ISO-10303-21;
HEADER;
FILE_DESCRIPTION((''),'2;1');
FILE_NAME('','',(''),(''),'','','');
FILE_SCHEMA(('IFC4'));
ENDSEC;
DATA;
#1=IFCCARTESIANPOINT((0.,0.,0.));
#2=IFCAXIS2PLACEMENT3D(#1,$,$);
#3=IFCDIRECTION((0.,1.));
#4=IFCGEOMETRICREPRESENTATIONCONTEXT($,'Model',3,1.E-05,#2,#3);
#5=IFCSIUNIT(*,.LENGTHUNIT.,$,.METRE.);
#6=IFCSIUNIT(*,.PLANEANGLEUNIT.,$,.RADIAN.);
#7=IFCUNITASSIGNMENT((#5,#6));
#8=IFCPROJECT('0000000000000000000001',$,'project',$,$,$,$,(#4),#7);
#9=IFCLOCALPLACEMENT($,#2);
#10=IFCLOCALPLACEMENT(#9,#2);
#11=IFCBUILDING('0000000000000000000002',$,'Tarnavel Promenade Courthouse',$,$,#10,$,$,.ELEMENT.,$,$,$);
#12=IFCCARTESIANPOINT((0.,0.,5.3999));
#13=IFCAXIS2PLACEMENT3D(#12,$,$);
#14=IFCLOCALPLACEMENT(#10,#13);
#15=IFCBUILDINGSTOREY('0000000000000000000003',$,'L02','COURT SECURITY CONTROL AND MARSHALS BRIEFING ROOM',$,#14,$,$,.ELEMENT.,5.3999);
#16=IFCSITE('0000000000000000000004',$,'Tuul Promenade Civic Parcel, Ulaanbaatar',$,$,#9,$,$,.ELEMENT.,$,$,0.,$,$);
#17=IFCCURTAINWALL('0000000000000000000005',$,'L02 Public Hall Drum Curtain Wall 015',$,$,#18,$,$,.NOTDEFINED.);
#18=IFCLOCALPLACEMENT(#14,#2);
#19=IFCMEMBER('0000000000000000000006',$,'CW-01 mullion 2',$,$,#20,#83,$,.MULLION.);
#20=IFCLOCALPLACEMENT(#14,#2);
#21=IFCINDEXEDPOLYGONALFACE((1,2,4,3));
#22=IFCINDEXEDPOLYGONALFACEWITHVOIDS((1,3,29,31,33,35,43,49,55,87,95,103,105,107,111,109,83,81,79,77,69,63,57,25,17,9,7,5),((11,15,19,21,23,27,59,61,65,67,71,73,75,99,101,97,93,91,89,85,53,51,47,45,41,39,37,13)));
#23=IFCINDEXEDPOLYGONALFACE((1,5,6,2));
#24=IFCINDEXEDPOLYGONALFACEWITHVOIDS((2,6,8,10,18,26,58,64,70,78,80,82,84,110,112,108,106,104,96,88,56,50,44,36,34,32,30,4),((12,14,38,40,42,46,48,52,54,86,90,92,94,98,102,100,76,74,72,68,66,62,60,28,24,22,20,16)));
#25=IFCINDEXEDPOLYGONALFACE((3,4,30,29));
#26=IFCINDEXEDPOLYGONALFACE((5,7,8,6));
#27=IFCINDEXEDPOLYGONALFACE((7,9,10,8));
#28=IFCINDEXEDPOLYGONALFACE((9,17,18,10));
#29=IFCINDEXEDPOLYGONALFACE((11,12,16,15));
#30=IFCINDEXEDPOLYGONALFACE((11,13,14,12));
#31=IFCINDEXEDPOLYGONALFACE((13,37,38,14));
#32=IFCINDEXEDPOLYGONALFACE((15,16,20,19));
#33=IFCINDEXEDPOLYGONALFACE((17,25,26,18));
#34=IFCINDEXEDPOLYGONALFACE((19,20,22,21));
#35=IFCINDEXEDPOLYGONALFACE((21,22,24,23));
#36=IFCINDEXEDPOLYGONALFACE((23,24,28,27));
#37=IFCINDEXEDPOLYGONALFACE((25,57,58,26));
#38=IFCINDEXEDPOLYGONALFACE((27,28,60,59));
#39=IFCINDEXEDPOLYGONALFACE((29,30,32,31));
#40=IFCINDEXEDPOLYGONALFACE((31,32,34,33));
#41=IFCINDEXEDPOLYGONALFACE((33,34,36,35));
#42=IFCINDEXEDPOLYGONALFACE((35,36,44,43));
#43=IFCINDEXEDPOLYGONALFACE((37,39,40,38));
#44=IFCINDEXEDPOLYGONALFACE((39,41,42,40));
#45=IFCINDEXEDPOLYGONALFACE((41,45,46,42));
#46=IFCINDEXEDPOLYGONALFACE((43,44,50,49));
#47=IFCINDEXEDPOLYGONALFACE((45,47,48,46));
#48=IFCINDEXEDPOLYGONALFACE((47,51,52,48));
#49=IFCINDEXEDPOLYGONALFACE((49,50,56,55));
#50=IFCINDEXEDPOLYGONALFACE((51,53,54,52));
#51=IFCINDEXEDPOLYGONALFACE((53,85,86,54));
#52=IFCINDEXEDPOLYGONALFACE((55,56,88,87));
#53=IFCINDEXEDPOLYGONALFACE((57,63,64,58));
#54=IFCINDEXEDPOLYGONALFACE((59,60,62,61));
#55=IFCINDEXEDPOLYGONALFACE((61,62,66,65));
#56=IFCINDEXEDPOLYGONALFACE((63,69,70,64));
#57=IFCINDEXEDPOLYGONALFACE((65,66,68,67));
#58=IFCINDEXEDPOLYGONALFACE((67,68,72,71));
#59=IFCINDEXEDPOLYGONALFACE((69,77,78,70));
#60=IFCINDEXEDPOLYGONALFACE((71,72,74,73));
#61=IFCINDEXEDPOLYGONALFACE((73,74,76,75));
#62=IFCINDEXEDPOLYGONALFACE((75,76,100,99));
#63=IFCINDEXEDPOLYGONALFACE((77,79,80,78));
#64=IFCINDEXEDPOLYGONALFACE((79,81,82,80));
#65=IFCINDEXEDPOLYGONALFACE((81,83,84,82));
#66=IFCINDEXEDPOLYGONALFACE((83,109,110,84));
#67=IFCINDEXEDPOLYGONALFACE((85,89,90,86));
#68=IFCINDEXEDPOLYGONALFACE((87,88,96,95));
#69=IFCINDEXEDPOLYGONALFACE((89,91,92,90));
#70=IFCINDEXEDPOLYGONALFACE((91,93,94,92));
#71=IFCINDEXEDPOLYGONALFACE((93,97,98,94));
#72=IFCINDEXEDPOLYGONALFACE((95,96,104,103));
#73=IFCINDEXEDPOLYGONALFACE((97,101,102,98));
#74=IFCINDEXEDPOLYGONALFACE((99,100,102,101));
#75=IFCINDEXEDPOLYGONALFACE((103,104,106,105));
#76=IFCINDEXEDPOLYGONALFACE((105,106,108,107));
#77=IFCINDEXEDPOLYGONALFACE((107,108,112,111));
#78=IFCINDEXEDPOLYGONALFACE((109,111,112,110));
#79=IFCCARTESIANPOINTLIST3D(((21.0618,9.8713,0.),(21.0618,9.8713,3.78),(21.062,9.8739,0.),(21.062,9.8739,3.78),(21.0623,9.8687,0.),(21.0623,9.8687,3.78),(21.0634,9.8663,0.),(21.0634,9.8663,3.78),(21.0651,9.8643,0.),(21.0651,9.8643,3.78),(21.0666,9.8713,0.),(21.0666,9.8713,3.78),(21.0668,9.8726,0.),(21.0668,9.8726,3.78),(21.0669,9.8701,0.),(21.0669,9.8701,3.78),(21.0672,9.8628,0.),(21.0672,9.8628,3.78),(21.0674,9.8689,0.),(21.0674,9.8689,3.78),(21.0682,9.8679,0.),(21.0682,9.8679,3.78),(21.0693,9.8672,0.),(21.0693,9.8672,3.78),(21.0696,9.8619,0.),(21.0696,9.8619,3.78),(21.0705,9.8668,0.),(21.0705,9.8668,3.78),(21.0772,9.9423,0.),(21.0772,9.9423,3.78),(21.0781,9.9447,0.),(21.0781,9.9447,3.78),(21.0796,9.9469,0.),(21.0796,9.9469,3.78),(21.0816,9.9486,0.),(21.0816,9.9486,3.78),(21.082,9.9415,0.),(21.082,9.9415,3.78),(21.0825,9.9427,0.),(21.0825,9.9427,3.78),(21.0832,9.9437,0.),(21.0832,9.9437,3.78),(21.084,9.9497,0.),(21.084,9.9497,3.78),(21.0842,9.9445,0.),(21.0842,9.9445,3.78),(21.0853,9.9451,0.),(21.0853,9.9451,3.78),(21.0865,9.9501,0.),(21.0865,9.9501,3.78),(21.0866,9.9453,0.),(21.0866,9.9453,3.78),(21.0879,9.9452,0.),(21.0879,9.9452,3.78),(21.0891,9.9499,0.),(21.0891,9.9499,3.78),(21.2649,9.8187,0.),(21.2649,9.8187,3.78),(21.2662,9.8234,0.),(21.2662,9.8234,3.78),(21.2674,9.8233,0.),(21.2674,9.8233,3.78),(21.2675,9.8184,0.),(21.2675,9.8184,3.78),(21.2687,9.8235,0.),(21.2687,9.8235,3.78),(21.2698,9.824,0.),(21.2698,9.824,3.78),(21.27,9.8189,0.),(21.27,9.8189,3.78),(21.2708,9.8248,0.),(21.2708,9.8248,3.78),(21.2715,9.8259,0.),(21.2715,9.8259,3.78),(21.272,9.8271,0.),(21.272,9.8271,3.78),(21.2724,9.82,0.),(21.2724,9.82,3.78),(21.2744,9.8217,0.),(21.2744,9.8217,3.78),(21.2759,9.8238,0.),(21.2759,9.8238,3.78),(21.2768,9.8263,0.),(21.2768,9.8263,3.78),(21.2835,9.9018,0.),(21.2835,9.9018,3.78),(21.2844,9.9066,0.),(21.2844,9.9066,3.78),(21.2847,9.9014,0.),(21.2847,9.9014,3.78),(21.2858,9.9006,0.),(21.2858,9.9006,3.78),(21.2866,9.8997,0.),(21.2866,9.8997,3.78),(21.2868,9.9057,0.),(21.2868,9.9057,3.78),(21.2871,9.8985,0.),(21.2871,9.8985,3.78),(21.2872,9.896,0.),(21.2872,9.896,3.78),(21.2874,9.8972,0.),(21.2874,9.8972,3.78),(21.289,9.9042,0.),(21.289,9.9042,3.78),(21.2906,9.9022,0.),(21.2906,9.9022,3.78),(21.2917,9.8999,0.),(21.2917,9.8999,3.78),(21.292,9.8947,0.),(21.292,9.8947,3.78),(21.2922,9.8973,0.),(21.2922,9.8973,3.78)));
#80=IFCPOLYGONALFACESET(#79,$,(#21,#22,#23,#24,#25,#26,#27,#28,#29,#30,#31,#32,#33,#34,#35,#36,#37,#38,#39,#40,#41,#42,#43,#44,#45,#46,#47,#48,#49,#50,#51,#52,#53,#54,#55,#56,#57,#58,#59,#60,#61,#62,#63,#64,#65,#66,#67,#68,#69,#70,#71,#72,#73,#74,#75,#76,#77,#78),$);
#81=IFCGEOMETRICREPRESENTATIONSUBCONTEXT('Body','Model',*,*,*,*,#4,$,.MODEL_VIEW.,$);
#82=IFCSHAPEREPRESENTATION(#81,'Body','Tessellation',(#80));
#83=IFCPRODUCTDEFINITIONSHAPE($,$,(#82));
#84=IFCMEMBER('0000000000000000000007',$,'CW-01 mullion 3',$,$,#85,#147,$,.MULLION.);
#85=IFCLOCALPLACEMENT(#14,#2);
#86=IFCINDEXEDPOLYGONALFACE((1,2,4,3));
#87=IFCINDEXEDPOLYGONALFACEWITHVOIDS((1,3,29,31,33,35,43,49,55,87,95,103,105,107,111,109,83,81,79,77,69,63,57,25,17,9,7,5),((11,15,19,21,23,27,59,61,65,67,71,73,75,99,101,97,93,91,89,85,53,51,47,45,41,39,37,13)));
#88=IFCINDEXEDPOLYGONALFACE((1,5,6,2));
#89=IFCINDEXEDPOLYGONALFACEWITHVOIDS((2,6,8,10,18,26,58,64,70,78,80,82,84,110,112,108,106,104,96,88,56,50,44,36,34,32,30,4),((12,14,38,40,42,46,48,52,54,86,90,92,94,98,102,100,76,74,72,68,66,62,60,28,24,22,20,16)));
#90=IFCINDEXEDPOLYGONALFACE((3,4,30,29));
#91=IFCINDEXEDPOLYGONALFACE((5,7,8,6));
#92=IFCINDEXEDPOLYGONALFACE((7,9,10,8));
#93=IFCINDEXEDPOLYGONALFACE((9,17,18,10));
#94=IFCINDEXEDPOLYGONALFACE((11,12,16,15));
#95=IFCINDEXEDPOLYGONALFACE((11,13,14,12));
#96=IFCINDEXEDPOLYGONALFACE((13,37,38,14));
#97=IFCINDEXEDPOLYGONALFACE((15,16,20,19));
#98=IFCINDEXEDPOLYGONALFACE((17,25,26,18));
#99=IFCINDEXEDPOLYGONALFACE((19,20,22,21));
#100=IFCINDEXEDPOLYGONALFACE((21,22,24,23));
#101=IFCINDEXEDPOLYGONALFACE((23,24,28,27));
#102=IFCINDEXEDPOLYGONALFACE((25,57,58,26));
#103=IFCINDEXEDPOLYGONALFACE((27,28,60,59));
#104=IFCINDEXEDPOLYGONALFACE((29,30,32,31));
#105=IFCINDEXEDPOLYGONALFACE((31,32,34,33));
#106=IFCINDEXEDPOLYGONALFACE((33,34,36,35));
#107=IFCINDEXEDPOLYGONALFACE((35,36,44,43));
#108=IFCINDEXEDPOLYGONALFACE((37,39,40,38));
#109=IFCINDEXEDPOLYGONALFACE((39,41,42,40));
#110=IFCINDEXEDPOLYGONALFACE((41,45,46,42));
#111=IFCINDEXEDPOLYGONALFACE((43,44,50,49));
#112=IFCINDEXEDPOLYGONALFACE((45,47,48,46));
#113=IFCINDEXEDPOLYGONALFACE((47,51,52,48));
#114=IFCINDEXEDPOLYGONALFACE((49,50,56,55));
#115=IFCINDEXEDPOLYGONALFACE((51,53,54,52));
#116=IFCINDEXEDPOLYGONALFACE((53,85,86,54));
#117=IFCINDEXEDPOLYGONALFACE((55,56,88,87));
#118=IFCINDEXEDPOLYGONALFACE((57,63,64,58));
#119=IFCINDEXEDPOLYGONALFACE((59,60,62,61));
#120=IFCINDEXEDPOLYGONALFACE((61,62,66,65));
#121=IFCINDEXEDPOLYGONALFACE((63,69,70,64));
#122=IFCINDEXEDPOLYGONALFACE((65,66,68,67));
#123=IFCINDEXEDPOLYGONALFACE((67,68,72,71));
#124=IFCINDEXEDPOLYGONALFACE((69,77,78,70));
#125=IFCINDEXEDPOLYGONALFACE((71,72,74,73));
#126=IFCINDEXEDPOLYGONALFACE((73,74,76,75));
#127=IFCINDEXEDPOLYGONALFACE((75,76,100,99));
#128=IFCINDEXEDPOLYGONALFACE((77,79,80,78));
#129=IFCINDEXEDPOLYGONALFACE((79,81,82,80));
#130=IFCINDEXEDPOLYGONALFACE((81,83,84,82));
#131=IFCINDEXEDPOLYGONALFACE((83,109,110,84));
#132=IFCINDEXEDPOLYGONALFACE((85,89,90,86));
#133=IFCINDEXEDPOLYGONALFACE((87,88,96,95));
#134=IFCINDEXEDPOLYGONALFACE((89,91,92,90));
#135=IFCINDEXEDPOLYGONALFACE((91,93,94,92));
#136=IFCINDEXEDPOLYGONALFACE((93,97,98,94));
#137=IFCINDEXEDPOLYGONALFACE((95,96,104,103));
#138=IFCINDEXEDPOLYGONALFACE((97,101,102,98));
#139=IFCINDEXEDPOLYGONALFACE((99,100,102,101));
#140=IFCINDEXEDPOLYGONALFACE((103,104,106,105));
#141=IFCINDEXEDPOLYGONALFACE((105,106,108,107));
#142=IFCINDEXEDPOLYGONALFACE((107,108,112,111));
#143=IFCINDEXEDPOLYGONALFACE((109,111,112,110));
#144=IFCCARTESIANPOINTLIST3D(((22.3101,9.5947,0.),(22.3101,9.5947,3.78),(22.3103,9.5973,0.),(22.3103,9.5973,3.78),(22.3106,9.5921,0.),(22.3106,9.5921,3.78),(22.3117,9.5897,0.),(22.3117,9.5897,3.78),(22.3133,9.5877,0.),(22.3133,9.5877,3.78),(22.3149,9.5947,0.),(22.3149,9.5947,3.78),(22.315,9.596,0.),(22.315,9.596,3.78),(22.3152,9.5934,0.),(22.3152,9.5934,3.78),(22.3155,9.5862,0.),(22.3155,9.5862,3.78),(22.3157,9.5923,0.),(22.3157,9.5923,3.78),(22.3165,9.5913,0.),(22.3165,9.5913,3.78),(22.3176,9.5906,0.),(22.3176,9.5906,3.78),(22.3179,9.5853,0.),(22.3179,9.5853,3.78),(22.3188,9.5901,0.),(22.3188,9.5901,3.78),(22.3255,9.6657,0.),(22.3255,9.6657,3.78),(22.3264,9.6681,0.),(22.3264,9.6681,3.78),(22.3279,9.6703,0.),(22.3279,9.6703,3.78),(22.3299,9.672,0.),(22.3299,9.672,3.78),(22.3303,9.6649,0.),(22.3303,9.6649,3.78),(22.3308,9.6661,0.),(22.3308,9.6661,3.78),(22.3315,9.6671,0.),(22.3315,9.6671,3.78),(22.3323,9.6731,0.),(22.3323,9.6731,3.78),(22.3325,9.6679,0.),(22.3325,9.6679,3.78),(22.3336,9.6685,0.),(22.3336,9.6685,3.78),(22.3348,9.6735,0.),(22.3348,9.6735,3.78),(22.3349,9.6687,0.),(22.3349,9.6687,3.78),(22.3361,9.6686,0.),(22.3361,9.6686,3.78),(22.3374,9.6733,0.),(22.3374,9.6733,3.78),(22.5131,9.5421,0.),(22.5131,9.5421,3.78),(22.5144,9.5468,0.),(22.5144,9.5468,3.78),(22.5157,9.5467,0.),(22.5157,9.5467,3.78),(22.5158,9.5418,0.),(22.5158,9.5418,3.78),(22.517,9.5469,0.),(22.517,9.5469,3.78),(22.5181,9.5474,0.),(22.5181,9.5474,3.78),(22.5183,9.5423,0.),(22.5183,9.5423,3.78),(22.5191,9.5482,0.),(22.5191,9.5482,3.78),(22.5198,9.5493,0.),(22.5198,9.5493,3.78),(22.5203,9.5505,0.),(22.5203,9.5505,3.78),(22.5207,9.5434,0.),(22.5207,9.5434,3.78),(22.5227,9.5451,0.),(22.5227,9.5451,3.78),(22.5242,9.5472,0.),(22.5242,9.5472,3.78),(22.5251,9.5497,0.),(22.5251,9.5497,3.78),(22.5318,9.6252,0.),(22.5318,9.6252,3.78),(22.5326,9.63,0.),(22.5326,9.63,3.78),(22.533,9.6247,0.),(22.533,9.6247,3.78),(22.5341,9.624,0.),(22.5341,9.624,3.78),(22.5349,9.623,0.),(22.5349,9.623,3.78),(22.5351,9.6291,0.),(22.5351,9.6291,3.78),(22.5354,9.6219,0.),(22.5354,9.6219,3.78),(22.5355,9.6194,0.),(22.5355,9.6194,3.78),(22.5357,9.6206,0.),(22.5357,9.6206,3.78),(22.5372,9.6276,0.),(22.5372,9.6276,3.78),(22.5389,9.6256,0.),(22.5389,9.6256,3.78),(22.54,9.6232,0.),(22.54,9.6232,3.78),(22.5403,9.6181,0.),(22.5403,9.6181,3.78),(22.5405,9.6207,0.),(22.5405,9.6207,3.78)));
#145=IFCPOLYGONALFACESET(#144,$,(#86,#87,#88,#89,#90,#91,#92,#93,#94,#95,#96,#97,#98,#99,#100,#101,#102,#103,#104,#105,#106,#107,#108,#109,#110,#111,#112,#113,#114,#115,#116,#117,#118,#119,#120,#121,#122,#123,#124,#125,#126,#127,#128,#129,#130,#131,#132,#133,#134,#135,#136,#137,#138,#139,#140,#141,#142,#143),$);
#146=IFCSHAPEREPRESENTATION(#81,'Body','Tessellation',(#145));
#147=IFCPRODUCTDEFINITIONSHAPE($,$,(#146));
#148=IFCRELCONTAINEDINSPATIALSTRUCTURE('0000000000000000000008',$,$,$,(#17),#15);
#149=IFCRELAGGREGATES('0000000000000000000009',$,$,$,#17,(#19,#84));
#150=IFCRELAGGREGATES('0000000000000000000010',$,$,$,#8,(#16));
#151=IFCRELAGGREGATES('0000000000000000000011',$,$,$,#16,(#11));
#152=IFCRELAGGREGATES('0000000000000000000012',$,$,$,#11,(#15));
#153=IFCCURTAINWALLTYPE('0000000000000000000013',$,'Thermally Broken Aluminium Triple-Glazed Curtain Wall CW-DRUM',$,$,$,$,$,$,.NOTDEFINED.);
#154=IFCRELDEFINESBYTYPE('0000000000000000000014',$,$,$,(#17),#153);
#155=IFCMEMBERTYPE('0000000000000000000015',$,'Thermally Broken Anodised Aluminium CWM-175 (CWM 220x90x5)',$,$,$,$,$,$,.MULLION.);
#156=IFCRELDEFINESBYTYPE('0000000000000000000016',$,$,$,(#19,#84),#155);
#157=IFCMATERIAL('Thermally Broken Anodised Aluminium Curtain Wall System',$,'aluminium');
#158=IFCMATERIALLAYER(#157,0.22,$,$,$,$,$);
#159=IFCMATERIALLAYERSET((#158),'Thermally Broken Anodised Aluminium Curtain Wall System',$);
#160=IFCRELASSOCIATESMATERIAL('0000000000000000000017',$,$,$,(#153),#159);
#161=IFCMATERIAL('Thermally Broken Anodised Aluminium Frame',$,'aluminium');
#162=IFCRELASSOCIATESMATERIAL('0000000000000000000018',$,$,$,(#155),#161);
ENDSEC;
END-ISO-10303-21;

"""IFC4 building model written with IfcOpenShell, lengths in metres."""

from ifc_helpers import new_model, si_unit, direction, frame, origin, origin_2d, place, context, subcontext, project, spatial, hollow_rectangle, extrude, material, layer, layer_set, material_profile, profile_set, type_object, element, aggregate, save


model = new_model("IFC4")

# Units and contexts
model_context = context("Model", 3, precision=1e-05, world=origin(), true_north=direction((0.0, 1.0)))
body_context = subcontext(model_context, "Body", "Model", "MODEL_VIEW")
ifc_project = project(units=[si_unit("LENGTHUNIT", "METRE"), si_unit("PLANEANGLEUNIT", "RADIAN")], contexts=[model_context])

# Site, building, storey
site_placement = place(None, origin())
site = spatial("IfcSite", under=ifc_project, at=site_placement, Name="Tuul Promenade Civic Parcel, Ulaanbaatar", CompositionType="ELEMENT", RefElevation=0.0)
building_placement = place(site_placement, origin())
building = spatial("IfcBuilding", under=site, at=building_placement, Name="Tarnavel Promenade Courthouse", CompositionType="ELEMENT")
storey_placement = place(building_placement, frame((0.0, 0.0, 5.3999)))
storey = spatial("IfcBuildingStorey", under=building, at=storey_placement, Name="L02", Description="COURT SECURITY CONTROL AND MARSHALS BRIEFING ROOM", CompositionType="ELEMENT", Elevation=5.3999)

# Curtain wall, members
ifc_material_1 = material(Name="Thermally Broken Anodised Aluminium Curtain Wall System", Category="aluminium")
ifc_layer_1 = layer(ifc_material_1, 0.22)
ifc_layer_set_1 = layer_set([ifc_layer_1], Name="Thermally Broken Anodised Aluminium Curtain Wall System")
curtain_wall_type = type_object("IfcCurtainWallType", Name="Thermally Broken Aluminium Triple-Glazed Curtain Wall CW-DRUM", PredefinedType="NOTDEFINED", material=ifc_layer_set_1)
curtain_wall_1_placement = place(storey_placement, origin())
curtain_wall_1 = element("IfcCurtainWall", 1, at=curtain_wall_1_placement, inside=storey, type_object=curtain_wall_type, Name="L02 Public Hall Drum Curtain Wall 015", PredefinedType="NOTDEFINED")
ifc_material_2 = material(Name="Thermally Broken Anodised Aluminium Frame", Category="aluminium")
ifc_material_profile_1 = material_profile(ifc_material_2, hollow_rectangle(XDim=0.0901, YDim=0.22, WallThickness=0.0049, InnerFilletRadius=0.0049, OuterFilletRadius=0.01, at=origin_2d()), Name="CWM 220x90x5")
ifc_profile_set_1 = profile_set([ifc_material_profile_1], Name="Thermally Broken Anodised Aluminium Frame")
member_type_1 = type_object("IfcMemberType", Name="Thermally Broken Anodised Aluminium CWM-175 (CWM 220x90x5)", PredefinedType="MULLION", material=ifc_profile_set_1)
member_1_placement = place(storey_placement, frame((21.177, 9.8843, 0.0), z_axis=(0.0, 0.0, 1.0), x_axis=(0.216438, 0.976296, 0.0)))
member_1 = element("IfcMember", 2, at=member_1_placement, type_object=member_type_1, Name="CW-01 mullion 2", PredefinedType="MULLION", context=body_context, shape_type="SweptSolid", body=[
    extrude(hollow_rectangle(XDim=0.0901, YDim=0.22, WallThickness=0.0049, InnerFilletRadius=0.0049, OuterFilletRadius=0.01, at=origin_2d()), origin(), (0.0, 0.0, 1.0), 3.78),
])
member_2_placement = place(storey_placement, frame((22.4253, 9.6077, 0.0), z_axis=(0.0, 0.0, 1.0), x_axis=(0.216438, 0.976296, 0.0)))
member_2 = element("IfcMember", 3, at=member_2_placement, type_object=member_type_1, Name="CW-01 mullion 3", PredefinedType="MULLION", context=body_context, shape_type="SweptSolid", body=[
    extrude(hollow_rectangle(XDim=0.0901, YDim=0.22, WallThickness=0.0049, InnerFilletRadius=0.0049, OuterFilletRadius=0.01, at=origin_2d()), origin(), (0.0, 0.0, 1.0), 3.78),
])

aggregate(curtain_wall_1, [member_1, member_2])

save(model, "model.ifc")
